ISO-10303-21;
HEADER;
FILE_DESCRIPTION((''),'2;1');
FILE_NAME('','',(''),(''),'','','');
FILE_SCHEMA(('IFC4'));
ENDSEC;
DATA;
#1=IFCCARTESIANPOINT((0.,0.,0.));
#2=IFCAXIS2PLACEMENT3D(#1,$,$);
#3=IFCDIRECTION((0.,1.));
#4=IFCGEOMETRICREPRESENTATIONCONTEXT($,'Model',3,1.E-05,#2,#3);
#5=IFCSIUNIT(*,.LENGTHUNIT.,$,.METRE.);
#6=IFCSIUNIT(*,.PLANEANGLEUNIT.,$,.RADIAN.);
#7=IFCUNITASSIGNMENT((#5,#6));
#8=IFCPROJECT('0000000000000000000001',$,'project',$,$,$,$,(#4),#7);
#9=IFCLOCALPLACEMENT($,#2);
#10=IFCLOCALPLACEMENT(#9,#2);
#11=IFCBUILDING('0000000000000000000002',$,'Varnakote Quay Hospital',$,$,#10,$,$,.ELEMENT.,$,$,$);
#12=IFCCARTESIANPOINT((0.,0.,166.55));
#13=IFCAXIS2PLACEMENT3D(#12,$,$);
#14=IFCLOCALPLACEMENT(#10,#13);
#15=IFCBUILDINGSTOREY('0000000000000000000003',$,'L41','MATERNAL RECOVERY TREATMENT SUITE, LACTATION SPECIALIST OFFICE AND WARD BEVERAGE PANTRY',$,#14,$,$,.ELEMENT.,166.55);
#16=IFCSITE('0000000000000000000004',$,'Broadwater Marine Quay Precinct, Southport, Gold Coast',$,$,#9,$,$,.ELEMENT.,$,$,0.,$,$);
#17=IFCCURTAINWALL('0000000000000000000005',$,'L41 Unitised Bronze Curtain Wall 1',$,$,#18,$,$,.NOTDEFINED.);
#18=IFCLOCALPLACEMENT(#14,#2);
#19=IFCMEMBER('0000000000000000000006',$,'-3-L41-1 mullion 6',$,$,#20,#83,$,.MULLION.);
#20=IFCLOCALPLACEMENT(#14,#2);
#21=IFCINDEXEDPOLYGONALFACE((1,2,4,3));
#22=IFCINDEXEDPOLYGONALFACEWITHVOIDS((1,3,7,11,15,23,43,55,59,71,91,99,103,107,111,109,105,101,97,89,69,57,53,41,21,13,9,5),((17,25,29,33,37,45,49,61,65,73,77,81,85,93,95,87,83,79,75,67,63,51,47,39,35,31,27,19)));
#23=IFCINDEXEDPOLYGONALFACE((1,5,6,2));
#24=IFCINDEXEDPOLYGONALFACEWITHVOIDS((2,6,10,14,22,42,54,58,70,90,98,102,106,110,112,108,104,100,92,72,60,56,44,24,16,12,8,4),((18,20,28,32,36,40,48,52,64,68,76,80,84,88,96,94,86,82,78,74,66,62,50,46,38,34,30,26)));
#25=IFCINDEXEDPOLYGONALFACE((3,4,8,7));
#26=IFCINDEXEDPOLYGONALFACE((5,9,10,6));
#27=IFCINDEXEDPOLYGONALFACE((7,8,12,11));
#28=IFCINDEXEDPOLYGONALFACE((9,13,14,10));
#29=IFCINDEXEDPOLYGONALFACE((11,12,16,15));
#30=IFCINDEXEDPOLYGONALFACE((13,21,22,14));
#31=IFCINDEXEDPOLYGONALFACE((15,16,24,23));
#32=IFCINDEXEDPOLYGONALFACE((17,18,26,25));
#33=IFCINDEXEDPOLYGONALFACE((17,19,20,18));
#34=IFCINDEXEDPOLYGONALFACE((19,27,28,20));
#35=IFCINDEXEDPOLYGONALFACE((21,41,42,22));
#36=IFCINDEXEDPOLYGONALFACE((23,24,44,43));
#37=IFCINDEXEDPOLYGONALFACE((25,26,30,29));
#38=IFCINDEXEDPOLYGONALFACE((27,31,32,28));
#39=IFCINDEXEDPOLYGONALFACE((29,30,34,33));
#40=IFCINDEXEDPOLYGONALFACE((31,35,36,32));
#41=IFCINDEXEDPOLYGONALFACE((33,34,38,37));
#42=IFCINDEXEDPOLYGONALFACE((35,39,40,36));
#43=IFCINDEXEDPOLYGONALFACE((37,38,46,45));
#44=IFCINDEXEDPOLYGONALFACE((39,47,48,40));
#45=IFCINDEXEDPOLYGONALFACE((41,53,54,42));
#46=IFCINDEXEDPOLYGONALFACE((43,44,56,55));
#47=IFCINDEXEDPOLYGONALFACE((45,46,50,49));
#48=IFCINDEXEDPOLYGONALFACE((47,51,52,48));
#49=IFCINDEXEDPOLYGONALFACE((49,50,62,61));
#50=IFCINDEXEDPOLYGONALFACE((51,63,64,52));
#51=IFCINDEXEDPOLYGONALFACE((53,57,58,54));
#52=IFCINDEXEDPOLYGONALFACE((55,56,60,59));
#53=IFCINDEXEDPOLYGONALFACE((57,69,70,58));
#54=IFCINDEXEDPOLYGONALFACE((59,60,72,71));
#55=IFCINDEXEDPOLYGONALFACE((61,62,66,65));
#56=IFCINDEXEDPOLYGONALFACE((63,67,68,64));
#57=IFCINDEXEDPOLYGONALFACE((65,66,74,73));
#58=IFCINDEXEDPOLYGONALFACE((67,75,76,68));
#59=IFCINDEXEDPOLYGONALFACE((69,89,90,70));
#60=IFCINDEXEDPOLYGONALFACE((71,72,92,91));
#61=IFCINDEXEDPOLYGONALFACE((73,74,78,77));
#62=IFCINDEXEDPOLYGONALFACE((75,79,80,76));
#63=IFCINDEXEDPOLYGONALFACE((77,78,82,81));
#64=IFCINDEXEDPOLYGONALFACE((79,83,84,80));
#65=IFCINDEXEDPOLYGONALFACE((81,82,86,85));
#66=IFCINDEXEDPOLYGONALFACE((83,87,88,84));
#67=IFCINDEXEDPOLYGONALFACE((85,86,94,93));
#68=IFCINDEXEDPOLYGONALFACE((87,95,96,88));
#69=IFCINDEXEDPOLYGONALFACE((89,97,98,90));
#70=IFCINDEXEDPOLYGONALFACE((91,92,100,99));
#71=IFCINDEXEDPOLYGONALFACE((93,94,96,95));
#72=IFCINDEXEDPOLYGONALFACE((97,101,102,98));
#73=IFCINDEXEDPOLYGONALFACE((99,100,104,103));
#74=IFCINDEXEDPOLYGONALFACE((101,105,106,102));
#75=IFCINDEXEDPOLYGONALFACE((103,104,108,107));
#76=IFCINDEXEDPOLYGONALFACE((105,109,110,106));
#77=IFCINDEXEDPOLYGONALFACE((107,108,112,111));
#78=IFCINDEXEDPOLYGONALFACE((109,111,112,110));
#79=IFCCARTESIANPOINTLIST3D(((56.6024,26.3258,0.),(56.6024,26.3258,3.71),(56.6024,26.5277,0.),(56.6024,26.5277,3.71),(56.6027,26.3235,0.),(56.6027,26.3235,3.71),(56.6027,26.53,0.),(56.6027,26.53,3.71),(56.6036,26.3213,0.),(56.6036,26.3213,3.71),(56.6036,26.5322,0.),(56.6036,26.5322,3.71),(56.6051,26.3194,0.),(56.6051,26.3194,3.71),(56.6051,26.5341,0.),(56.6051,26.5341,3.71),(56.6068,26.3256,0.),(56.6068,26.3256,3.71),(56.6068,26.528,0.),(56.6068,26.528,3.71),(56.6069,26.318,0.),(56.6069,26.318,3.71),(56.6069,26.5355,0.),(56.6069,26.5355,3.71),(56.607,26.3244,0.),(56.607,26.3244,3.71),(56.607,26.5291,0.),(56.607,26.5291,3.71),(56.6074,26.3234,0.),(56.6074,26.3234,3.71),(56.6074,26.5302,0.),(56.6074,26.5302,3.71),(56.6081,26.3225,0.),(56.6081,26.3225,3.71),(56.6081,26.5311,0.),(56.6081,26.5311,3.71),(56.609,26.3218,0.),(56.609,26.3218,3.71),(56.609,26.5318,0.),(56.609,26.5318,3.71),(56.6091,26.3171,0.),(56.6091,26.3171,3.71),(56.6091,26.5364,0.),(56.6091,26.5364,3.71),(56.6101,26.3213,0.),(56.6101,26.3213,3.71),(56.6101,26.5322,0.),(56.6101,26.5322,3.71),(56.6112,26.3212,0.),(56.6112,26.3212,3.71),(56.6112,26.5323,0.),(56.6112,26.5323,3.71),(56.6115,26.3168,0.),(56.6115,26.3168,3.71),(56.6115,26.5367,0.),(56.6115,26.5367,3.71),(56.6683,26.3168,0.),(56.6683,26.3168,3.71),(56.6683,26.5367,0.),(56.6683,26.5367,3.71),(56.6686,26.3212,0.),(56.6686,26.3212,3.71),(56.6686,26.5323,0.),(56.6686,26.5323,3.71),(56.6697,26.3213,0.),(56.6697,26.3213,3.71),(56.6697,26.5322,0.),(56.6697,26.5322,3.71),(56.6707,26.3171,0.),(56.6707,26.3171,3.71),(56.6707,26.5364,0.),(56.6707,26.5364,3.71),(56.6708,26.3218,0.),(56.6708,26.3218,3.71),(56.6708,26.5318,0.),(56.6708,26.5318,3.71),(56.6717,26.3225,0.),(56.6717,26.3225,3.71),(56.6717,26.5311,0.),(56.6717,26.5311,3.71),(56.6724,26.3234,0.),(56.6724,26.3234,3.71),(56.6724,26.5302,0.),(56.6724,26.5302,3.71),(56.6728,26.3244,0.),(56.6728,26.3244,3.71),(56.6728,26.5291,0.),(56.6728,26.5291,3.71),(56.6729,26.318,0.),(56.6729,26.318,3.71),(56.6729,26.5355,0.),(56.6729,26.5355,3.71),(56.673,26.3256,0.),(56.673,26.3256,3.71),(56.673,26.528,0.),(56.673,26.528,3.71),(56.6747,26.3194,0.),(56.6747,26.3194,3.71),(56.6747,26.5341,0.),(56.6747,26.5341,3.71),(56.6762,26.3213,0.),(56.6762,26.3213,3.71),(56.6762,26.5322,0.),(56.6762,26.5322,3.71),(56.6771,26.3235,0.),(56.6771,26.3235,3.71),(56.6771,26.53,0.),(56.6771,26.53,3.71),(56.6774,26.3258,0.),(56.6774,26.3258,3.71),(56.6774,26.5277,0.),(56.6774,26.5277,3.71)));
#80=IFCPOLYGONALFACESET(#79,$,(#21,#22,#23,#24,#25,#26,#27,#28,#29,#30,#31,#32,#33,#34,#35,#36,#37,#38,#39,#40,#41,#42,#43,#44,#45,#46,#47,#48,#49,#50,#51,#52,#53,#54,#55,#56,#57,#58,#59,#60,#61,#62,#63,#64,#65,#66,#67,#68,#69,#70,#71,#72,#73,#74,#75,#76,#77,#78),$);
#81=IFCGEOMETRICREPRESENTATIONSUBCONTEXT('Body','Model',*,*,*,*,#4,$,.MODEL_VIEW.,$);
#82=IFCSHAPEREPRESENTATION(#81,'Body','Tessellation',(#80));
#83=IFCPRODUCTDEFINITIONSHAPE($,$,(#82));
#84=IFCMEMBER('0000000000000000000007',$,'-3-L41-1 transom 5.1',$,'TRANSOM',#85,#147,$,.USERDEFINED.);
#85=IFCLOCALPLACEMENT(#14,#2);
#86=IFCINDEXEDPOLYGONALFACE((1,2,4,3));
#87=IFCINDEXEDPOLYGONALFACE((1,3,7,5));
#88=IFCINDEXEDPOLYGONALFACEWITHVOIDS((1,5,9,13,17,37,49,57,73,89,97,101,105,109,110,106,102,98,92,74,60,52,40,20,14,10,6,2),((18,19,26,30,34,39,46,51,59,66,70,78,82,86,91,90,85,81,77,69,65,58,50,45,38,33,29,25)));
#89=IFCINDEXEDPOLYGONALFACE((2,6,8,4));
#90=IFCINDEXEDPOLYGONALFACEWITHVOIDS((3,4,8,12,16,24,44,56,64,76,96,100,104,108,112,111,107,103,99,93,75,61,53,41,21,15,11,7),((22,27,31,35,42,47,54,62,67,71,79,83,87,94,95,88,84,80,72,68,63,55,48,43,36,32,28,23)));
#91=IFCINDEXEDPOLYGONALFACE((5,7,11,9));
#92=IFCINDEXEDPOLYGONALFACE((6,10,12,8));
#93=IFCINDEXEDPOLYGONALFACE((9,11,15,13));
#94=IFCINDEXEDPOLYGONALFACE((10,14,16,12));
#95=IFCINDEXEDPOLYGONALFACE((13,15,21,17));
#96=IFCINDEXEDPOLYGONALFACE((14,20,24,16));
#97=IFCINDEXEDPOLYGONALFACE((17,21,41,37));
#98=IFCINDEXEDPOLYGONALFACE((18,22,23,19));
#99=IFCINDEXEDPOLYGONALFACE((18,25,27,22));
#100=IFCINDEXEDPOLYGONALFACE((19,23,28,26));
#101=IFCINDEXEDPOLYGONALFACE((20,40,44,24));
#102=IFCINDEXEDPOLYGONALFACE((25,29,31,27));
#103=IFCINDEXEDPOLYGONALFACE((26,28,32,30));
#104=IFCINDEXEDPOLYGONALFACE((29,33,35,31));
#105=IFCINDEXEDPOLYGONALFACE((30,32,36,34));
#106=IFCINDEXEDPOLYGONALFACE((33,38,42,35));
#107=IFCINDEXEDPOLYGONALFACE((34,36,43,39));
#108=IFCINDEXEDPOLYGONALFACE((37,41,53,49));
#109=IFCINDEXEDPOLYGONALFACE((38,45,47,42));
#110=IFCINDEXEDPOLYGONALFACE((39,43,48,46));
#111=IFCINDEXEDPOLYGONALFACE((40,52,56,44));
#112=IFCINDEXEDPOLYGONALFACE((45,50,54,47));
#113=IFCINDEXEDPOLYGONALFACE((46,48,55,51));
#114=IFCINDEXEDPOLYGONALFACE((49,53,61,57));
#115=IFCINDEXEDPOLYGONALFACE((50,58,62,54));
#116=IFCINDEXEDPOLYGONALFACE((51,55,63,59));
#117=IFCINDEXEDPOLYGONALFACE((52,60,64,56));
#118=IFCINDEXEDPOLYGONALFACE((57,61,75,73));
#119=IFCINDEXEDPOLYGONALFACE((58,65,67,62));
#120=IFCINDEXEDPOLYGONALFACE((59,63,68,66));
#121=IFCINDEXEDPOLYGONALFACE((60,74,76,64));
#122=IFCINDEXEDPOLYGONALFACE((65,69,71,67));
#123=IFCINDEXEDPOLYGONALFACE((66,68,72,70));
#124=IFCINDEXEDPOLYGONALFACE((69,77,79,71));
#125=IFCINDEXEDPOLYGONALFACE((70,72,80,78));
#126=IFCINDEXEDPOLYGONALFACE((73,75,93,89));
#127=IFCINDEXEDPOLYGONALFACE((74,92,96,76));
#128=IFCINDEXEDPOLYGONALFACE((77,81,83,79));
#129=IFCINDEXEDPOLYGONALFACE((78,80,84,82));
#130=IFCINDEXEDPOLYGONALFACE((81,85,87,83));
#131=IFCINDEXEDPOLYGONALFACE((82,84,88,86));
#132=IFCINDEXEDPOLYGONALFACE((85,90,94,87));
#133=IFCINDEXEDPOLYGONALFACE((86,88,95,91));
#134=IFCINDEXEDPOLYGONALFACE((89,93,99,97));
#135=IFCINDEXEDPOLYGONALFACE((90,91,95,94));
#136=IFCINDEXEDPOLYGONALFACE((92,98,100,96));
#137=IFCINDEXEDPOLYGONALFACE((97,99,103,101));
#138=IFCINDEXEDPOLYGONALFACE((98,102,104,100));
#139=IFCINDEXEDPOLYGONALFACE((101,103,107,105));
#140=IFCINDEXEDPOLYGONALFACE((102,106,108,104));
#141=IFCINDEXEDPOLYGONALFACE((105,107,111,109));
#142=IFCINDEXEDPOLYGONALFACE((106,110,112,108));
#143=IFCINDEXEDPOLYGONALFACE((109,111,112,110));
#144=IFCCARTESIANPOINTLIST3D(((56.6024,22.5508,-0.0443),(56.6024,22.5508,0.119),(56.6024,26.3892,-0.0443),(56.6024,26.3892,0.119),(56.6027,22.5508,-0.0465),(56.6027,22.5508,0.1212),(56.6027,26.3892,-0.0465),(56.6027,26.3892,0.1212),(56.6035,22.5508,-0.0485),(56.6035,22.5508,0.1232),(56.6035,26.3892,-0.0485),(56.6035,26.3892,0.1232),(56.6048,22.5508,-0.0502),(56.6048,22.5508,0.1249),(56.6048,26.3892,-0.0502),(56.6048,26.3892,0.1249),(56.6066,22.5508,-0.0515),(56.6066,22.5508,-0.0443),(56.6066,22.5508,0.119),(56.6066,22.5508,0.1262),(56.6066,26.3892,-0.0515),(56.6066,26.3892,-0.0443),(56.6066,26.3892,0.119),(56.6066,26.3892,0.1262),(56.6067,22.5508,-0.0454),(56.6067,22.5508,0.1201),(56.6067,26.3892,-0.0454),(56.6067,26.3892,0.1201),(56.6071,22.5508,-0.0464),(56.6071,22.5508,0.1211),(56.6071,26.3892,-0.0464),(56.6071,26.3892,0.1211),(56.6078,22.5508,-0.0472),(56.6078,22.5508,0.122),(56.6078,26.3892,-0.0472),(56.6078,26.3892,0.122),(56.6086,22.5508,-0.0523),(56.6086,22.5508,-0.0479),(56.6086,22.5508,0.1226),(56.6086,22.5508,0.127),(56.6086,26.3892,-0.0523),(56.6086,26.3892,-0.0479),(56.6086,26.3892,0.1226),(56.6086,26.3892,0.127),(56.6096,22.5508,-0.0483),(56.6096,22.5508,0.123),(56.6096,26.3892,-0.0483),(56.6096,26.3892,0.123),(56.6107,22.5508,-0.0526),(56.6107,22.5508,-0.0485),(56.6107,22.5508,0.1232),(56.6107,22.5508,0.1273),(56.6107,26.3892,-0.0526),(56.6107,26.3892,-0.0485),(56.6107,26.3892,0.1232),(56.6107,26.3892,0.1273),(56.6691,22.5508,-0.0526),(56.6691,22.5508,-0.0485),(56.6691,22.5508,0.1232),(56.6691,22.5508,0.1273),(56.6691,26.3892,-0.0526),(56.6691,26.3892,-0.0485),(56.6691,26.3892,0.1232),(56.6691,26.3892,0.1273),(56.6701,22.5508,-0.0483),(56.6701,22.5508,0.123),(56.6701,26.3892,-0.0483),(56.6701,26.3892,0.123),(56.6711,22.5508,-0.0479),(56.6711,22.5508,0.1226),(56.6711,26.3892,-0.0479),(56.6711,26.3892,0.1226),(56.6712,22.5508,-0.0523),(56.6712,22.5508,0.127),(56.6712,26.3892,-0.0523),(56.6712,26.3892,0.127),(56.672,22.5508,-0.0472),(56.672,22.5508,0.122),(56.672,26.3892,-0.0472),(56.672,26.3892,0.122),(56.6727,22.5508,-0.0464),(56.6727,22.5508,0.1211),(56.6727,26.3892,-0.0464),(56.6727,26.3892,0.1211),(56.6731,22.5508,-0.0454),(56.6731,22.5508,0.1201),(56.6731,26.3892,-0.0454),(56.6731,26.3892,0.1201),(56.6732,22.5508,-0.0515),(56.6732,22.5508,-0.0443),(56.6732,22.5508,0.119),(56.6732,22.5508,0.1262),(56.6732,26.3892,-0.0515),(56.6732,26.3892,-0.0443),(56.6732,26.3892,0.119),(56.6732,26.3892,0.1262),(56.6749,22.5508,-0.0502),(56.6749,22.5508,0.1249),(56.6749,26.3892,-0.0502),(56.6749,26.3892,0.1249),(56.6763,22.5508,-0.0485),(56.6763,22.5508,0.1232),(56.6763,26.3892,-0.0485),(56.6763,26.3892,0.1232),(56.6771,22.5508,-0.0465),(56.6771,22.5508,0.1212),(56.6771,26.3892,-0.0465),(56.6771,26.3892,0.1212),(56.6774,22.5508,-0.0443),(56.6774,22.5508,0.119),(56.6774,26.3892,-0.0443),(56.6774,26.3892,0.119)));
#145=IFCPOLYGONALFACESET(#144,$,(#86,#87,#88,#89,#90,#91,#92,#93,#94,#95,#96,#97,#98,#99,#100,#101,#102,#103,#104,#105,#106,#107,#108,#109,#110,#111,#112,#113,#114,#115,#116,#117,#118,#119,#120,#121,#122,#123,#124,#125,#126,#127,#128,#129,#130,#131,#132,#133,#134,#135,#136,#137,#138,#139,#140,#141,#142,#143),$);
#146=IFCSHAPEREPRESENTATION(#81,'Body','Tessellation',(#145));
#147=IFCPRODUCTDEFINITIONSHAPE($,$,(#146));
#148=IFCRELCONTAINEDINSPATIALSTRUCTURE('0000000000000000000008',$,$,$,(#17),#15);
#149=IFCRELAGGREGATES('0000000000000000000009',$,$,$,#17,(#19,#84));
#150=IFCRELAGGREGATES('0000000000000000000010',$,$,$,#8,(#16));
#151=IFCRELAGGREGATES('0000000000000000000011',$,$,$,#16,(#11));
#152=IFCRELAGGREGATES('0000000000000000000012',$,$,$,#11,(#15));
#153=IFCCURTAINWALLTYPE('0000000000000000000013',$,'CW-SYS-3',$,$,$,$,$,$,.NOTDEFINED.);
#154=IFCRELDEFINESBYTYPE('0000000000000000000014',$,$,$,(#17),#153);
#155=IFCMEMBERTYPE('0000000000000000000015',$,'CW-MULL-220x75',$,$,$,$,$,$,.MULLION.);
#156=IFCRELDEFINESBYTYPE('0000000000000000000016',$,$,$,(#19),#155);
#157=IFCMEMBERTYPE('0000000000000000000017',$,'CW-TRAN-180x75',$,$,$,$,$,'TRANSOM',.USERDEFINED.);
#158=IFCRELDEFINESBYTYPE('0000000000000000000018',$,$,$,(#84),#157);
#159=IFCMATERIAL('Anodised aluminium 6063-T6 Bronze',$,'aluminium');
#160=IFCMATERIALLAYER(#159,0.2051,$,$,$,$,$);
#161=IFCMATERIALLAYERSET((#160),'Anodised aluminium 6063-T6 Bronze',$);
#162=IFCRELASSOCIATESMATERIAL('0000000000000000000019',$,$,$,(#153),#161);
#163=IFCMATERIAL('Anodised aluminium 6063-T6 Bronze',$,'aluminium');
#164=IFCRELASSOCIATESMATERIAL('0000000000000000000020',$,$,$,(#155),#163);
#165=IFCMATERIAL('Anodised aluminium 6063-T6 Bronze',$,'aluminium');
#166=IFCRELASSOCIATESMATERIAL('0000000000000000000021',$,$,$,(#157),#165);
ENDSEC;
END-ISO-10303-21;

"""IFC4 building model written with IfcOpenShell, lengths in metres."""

from ifc_helpers import new_model, si_unit, direction, frame, origin, origin_2d, place, context, subcontext, project, spatial, hollow_rectangle, extrude, material, layer, layer_set, material_profile, profile_set, type_object, element, aggregate, save


model = new_model("IFC4")

# Units and contexts
model_context = context("Model", 3, precision=1e-05, world=origin(), true_north=direction((0.0, 1.0)))
body_context = subcontext(model_context, "Body", "Model", "MODEL_VIEW")
ifc_project = project(units=[si_unit("LENGTHUNIT", "METRE"), si_unit("PLANEANGLEUNIT", "RADIAN")], contexts=[model_context])

# Site, building, storey
site_placement = place(None, origin())
site = spatial("IfcSite", under=ifc_project, at=site_placement, Name="Broadwater Marine Quay Precinct, Southport, Gold Coast", CompositionType="ELEMENT", RefElevation=0.0)
building_placement = place(site_placement, origin())
building = spatial("IfcBuilding", under=site, at=building_placement, Name="Varnakote Quay Hospital", CompositionType="ELEMENT")
storey_placement = place(building_placement, frame((0.0, 0.0, 166.55)))
storey = spatial("IfcBuildingStorey", under=building, at=storey_placement, Name="L41", Description="MATERNAL RECOVERY TREATMENT SUITE, LACTATION SPECIALIST OFFICE AND WARD BEVERAGE PANTRY", CompositionType="ELEMENT", Elevation=166.55)

# Curtain wall, members
ifc_material_1 = material(Name="Anodised aluminium 6063-T6 Bronze", Category="aluminium")
ifc_layer_1 = layer(ifc_material_1, 0.2051)
ifc_layer_set_1 = layer_set([ifc_layer_1], Name="Anodised aluminium 6063-T6 Bronze")
curtain_wall_type = type_object("IfcCurtainWallType", Name="CW-SYS-3", PredefinedType="NOTDEFINED", material=ifc_layer_set_1)
curtain_wall_placement = place(storey_placement, origin())
curtain_wall = element("IfcCurtainWall", 1, at=curtain_wall_placement, inside=storey, type_object=curtain_wall_type, Name="L41 Unitised Bronze Curtain Wall 1", PredefinedType="NOTDEFINED")
ifc_material_2 = material(Name="Anodised aluminium 6063-T6 Bronze", Category="aluminium")
ifc_material_profile_1 = material_profile(ifc_material_2, hollow_rectangle(XDim=0.075, YDim=0.22, WallThickness=0.0044, InnerFilletRadius=0.0044, OuterFilletRadius=0.009, at=origin_2d()), Name="CW-MULL-220x75")
ifc_profile_set_1 = profile_set([ifc_material_profile_1], Name="Anodised aluminium 6063-T6 Bronze")
member_type_1 = type_object("IfcMemberType", Name="CW-MULL-220x75", PredefinedType="MULLION", material=ifc_profile_set_1)
member_1_placement = place(storey_placement, frame((56.6399, 26.4268, 0.0), z_axis=(0.0, 0.0, 1.0), x_axis=(-1.0, 0.0, 0.0)))
member_1 = element("IfcMember", 2, at=member_1_placement, type_object=member_type_1, Name="-3-L41-1 mullion 6", PredefinedType="MULLION", context=body_context, shape_type="SweptSolid", body=[
    extrude(hollow_rectangle(XDim=0.075, YDim=0.22, WallThickness=0.0044, InnerFilletRadius=0.0044, OuterFilletRadius=0.009, at=origin_2d()), origin(), (0.0, 0.0, 1.0), 3.71),
])
ifc_material_3 = material(Name="Anodised aluminium 6063-T6 Bronze", Category="aluminium")
ifc_material_profile_2 = material_profile(ifc_material_3, hollow_rectangle(XDim=0.075, YDim=0.1799, WallThickness=0.0042, InnerFilletRadius=0.0042, OuterFilletRadius=0.0083, at=origin_2d()), Name="CW-TRAN-180x75")
ifc_profile_set_2 = profile_set([ifc_material_profile_2], Name="Anodised aluminium 6063-T6 Bronze")
member_type_2 = type_object("IfcMemberType", Name="CW-TRAN-180x75", ElementType="TRANSOM", PredefinedType="USERDEFINED", material=ifc_profile_set_2)
member_2_placement = place(storey_placement, frame((56.6399, 22.5508, 0.0374), z_axis=(0.0, 1.0, 0.0), x_axis=(-1.0, 0.0, 0.0)))
member_2 = element("IfcMember", 3, at=member_2_placement, type_object=member_type_2, Name="-3-L41-1 transom 5.1", ObjectType="TRANSOM", PredefinedType="USERDEFINED", context=body_context, shape_type="SweptSolid", body=[
    extrude(hollow_rectangle(XDim=0.075, YDim=0.1799, WallThickness=0.0042, InnerFilletRadius=0.0042, OuterFilletRadius=0.0083, at=origin_2d()), origin(), (0.0, 0.0, 1.0), 3.8384),
])
aggregate(curtain_wall, [member_1, member_2])

save(model, "model.ifc")
